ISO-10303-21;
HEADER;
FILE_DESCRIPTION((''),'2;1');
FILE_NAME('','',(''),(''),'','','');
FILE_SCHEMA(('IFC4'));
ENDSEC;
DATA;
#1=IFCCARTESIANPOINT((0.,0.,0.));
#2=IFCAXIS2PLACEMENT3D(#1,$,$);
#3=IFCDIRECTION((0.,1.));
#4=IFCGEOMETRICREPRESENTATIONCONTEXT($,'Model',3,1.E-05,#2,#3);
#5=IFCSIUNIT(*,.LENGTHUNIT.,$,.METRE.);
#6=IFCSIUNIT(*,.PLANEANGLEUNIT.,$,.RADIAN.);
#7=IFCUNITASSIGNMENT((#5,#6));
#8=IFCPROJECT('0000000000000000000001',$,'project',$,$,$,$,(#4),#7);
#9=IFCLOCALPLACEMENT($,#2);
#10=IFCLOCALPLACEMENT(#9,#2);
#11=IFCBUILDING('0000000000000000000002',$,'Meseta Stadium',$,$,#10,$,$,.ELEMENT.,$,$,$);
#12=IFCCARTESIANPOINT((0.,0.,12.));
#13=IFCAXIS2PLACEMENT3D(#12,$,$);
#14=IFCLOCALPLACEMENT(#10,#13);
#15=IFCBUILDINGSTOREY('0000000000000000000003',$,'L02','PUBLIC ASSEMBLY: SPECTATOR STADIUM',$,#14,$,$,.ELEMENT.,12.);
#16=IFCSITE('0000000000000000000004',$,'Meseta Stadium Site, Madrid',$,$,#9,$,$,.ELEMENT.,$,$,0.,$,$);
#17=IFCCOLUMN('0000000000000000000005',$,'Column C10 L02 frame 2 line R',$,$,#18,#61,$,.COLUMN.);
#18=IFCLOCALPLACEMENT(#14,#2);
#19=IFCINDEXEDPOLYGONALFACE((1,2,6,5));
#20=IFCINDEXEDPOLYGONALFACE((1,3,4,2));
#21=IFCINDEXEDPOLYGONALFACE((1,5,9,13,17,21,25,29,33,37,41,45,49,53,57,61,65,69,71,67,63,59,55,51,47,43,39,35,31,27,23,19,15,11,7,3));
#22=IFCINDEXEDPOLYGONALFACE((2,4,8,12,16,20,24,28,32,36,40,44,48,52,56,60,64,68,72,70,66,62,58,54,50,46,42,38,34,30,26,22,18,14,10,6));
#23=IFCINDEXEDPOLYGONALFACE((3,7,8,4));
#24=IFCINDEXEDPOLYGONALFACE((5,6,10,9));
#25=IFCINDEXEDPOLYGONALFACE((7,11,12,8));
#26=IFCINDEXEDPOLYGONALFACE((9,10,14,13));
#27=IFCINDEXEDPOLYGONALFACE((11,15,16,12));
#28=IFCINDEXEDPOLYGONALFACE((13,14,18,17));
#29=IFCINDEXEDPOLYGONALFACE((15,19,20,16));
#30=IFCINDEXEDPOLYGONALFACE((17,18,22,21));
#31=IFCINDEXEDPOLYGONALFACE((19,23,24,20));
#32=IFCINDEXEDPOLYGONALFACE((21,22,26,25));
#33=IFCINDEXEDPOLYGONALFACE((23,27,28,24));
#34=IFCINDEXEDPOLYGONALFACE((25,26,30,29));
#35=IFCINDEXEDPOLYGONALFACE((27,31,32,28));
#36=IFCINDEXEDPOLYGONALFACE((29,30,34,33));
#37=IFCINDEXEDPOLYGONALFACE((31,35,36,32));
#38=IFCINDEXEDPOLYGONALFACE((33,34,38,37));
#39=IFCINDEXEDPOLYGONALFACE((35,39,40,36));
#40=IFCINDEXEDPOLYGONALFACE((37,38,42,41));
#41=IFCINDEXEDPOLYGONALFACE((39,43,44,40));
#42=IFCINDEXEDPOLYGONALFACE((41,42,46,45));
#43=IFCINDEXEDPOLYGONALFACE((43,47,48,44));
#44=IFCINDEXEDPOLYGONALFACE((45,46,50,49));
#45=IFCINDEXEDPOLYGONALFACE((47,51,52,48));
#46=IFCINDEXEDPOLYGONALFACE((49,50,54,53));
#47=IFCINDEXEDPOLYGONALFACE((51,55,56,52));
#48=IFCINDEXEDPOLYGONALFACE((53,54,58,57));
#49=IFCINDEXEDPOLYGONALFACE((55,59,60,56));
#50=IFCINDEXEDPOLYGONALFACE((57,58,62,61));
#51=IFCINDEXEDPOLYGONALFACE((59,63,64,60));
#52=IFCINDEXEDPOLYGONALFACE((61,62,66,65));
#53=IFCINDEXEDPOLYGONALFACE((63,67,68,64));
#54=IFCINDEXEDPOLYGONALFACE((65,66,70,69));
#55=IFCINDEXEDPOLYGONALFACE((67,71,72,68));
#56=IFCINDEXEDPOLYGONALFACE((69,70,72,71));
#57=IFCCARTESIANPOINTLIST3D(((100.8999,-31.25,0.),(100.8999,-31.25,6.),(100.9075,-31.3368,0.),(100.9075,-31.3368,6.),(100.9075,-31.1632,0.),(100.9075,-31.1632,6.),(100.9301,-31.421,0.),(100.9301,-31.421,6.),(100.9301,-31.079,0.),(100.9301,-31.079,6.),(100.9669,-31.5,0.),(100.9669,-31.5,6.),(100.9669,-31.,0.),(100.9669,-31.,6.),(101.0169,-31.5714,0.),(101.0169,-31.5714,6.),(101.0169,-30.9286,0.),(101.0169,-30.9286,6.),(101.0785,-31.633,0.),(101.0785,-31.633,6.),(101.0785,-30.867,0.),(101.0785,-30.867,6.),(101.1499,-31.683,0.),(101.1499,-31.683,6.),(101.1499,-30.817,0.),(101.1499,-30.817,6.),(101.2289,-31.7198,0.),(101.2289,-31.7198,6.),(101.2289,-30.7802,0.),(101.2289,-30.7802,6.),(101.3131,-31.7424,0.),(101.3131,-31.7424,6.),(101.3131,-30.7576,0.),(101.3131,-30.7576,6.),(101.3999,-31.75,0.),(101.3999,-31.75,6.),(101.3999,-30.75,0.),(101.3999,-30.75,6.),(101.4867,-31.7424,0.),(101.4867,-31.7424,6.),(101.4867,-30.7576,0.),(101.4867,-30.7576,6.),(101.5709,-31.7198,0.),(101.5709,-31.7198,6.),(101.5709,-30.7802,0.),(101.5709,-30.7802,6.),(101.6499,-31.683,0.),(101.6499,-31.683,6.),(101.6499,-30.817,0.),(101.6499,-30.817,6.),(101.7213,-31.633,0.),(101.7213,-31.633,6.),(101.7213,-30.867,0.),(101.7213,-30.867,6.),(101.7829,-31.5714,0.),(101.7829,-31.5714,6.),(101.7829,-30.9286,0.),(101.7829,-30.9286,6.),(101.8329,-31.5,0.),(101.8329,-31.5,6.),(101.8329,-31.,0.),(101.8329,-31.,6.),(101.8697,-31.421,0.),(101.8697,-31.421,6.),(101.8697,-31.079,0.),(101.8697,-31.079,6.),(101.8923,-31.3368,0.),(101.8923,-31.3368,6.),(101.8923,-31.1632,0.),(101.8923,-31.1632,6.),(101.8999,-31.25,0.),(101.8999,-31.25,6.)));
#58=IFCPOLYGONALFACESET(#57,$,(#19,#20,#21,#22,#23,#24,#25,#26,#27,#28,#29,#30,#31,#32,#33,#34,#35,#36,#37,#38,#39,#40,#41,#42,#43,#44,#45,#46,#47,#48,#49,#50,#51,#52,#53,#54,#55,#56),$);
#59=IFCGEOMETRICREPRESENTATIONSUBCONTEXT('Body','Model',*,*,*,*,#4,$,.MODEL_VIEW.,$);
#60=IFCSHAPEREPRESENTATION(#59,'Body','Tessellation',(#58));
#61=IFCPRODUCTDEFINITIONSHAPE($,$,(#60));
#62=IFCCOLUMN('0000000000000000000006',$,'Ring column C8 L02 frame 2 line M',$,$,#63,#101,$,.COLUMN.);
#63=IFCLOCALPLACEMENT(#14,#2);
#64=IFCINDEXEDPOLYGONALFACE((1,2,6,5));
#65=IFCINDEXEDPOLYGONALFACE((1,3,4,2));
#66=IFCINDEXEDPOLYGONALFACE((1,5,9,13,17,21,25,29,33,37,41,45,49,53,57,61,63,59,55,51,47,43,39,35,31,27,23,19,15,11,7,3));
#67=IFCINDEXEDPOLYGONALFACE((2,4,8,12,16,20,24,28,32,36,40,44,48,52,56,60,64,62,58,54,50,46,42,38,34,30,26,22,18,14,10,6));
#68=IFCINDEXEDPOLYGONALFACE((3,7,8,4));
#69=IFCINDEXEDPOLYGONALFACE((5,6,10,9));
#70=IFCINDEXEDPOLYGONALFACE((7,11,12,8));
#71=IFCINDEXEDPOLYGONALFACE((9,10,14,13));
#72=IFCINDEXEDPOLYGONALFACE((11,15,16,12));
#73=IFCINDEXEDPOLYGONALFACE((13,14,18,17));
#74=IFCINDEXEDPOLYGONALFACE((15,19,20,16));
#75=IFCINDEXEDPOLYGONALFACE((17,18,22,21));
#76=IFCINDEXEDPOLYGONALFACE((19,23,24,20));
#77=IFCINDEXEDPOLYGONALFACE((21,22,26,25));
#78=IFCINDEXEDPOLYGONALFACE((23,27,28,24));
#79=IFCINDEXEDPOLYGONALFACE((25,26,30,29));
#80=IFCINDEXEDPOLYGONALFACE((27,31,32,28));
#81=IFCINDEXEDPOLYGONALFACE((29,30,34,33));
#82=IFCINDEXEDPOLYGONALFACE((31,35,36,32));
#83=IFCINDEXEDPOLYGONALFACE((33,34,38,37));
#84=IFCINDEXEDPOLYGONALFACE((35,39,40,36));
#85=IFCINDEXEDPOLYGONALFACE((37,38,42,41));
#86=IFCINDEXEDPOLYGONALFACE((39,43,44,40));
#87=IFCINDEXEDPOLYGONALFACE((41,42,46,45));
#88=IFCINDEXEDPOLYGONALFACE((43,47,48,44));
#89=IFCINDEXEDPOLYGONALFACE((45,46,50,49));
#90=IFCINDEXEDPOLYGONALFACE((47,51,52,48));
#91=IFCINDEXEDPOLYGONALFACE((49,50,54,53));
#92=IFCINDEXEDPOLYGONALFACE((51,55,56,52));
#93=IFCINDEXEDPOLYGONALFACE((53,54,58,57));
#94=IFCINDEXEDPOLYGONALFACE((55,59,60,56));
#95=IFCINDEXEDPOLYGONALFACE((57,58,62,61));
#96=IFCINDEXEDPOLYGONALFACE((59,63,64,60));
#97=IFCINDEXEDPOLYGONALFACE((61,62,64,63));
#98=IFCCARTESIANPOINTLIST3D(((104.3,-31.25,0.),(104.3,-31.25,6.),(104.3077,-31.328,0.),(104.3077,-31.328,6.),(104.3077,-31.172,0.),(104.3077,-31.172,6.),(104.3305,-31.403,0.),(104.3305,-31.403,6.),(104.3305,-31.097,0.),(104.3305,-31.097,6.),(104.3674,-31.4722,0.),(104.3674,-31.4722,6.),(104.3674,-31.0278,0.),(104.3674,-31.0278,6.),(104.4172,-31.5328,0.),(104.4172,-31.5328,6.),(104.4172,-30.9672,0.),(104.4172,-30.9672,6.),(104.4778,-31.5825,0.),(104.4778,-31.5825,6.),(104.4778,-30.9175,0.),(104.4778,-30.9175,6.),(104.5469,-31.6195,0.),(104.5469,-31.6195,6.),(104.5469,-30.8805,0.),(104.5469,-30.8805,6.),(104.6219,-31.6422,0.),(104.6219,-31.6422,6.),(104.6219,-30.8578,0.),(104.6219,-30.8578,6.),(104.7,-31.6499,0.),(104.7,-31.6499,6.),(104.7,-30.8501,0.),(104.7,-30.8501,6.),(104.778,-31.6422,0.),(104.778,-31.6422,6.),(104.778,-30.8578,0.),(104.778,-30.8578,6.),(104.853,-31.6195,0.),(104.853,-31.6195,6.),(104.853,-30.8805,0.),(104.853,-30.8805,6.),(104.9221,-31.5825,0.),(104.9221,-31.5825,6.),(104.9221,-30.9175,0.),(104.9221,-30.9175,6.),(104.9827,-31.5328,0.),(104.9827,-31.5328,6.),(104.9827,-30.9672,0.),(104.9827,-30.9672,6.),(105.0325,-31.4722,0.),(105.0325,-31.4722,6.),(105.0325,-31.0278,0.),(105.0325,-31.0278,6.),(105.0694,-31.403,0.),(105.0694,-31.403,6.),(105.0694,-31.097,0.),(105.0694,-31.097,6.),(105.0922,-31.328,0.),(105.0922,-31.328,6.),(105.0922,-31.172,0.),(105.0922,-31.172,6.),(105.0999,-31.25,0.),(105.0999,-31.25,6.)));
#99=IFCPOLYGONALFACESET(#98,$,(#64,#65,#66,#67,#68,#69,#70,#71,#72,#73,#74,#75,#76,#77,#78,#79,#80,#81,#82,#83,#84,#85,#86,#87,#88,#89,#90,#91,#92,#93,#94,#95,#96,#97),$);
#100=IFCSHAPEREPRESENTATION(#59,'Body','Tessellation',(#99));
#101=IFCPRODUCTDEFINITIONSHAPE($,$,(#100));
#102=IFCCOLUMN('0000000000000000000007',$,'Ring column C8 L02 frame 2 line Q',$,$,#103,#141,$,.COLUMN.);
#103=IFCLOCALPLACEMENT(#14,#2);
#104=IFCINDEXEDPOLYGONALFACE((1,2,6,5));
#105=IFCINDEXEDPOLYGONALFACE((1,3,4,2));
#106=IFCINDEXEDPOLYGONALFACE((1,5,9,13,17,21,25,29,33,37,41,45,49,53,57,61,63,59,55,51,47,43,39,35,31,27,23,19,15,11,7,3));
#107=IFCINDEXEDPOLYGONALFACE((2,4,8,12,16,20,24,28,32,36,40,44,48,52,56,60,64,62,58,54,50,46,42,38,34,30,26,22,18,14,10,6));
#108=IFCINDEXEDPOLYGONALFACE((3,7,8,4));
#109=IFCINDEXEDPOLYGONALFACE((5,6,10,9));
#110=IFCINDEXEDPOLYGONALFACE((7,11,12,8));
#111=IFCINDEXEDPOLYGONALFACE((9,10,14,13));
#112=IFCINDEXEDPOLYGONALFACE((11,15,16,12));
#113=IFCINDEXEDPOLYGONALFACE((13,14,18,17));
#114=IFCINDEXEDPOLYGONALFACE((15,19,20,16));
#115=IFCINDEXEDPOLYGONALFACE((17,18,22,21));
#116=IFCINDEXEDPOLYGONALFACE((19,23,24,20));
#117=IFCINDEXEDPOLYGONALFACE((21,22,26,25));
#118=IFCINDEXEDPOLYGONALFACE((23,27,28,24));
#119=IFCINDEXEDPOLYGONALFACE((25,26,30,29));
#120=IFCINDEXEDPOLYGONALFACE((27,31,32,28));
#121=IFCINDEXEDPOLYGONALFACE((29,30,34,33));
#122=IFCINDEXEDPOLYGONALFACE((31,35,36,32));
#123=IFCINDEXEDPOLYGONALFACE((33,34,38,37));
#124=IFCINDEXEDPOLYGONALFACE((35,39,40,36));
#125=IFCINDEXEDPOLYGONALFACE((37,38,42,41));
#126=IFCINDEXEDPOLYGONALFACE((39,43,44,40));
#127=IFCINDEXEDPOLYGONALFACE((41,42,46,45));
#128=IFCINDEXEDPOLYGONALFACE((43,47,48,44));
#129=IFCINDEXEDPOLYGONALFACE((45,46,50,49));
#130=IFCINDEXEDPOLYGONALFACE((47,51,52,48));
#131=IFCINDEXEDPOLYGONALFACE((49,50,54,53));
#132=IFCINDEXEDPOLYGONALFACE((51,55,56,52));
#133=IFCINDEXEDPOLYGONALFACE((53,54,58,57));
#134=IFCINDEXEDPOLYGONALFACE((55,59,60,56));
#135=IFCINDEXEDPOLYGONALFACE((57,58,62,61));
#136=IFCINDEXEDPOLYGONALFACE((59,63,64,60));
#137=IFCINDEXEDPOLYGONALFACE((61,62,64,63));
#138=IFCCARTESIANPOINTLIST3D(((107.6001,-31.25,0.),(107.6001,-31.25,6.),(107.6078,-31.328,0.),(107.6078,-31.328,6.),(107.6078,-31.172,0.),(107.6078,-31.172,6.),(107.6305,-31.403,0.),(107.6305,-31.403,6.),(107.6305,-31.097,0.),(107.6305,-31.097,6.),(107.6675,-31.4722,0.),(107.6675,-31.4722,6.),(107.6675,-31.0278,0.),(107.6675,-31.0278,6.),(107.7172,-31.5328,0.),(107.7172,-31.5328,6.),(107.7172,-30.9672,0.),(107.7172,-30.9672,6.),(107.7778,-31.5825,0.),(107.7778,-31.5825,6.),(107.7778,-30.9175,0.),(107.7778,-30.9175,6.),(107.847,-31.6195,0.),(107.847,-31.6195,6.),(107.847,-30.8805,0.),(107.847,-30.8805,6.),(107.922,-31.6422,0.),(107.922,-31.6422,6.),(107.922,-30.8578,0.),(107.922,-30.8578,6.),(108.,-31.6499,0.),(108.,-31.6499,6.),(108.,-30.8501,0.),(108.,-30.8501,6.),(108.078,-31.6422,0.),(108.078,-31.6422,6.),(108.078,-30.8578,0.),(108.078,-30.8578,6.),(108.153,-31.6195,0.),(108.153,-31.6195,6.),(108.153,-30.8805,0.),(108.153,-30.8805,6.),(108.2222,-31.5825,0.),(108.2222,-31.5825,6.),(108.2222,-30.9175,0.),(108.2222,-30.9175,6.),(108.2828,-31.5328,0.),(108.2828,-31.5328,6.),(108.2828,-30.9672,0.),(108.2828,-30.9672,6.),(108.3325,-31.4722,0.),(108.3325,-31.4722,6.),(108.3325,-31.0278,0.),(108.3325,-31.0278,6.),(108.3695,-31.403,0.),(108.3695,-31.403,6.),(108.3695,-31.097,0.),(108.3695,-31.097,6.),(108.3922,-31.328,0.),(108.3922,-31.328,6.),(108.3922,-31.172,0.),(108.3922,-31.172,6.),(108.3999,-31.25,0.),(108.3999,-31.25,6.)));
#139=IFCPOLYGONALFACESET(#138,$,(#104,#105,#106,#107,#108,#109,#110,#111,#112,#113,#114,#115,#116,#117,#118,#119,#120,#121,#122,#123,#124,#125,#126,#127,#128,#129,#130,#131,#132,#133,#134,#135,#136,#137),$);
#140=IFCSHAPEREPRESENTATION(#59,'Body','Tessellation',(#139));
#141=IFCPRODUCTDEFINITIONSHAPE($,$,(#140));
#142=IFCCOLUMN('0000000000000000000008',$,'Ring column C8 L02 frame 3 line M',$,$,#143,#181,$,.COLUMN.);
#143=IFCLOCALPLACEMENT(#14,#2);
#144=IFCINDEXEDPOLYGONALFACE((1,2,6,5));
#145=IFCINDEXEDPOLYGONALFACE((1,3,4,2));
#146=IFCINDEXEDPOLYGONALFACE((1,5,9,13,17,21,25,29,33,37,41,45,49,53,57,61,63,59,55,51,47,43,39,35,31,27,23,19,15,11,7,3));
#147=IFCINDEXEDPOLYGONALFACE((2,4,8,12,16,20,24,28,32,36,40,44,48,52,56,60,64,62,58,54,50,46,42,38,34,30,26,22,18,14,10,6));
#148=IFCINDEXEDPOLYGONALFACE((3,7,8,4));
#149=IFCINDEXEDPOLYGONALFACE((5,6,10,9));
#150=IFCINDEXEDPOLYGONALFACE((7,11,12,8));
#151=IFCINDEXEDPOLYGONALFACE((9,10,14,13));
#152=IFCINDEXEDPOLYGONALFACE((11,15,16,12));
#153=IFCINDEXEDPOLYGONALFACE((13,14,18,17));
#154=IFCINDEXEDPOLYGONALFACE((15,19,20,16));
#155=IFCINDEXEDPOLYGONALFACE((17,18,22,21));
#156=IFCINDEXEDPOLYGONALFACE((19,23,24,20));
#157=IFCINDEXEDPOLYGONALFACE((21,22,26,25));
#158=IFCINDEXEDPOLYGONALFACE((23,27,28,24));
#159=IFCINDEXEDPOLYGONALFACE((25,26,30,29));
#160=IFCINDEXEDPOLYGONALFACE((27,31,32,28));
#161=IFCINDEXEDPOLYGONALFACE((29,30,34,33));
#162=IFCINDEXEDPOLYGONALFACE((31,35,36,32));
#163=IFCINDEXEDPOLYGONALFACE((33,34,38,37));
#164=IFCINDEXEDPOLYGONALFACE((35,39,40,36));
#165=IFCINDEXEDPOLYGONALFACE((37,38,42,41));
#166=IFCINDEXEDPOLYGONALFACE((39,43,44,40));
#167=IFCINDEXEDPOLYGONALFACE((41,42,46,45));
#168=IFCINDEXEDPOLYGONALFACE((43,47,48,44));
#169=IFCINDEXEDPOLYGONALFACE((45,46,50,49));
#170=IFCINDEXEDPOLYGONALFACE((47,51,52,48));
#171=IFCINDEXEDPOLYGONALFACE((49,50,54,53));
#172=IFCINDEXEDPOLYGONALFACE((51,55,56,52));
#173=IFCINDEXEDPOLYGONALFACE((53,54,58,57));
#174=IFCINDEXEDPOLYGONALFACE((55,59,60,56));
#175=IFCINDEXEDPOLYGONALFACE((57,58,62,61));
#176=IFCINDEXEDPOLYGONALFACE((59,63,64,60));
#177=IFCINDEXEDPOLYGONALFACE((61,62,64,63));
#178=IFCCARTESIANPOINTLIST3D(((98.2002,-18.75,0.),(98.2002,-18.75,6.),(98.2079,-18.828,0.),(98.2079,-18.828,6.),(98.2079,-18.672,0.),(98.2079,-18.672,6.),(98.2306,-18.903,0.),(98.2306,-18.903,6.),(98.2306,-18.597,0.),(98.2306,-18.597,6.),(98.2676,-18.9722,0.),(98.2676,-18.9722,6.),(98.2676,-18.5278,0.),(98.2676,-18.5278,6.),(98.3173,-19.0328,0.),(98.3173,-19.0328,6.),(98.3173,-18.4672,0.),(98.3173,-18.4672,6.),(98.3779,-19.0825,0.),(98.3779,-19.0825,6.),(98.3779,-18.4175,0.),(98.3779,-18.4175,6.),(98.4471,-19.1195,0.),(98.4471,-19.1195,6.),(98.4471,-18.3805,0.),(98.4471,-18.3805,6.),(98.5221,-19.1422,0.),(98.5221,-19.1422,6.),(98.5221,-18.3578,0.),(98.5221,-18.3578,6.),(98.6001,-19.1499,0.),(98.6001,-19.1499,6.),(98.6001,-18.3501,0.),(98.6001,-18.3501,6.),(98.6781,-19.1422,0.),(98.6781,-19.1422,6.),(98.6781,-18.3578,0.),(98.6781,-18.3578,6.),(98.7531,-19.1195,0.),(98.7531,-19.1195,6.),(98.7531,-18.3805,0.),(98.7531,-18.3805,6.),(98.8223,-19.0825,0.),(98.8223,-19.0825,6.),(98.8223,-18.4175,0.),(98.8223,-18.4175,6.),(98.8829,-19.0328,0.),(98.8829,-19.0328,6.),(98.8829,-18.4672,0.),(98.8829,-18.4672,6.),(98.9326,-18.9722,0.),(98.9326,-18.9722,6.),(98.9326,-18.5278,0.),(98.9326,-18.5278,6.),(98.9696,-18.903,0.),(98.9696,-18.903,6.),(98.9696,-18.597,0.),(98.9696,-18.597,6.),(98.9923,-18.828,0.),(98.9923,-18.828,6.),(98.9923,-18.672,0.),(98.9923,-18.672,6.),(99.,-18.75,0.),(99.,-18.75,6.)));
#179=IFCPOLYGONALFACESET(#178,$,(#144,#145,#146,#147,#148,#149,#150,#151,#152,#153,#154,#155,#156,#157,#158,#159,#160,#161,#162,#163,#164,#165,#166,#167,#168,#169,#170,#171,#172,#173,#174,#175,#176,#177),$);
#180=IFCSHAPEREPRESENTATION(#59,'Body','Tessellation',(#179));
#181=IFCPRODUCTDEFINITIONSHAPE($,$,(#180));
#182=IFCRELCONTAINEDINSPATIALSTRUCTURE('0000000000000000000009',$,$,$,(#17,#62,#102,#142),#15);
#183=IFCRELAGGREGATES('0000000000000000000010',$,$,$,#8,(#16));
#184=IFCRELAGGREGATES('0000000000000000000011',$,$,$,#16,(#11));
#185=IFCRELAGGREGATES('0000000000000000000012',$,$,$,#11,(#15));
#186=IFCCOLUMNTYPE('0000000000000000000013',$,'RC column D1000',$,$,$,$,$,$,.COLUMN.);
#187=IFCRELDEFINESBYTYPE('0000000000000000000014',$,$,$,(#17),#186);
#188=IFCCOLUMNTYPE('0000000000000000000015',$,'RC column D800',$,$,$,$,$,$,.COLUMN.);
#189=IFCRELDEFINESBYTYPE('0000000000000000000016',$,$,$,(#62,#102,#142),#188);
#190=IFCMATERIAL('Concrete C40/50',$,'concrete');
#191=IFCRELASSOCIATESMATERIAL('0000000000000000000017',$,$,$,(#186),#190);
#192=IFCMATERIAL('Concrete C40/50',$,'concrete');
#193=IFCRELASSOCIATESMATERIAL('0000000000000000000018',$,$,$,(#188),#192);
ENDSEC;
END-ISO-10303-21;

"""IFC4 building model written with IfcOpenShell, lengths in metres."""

from ifc_helpers import new_model, si_unit, direction, frame, origin, origin_2d, place, context, subcontext, project, spatial, circle, extrude, material, material_profile, profile_set, type_object, element, save


model = new_model("IFC4")

# Units and contexts
model_context = context("Model", 3, precision=1e-05, world=origin(), true_north=direction((0.0, 1.0)))
body_context = subcontext(model_context, "Body", "Model", "MODEL_VIEW")
ifc_project = project(units=[si_unit("LENGTHUNIT", "METRE"), si_unit("PLANEANGLEUNIT", "RADIAN")], contexts=[model_context])

# Site, building, storey
site_placement = place(None, origin())
site = spatial("IfcSite", under=ifc_project, at=site_placement, Name="Meseta Stadium Site, Madrid", CompositionType="ELEMENT", RefElevation=0.0)
building_placement = place(site_placement, origin())
building = spatial("IfcBuilding", under=site, at=building_placement, Name="Meseta Stadium", CompositionType="ELEMENT")
storey_placement = place(building_placement, frame((0.0, 0.0, 12.0)))
storey = spatial("IfcBuildingStorey", under=building, at=storey_placement, Name="L02", Description="PUBLIC ASSEMBLY: SPECTATOR STADIUM", CompositionType="ELEMENT", Elevation=12.0)

# Columns
ifc_material_1 = material(Name="Concrete C40/50", Category="concrete")
ifc_material_profile_1 = material_profile(ifc_material_1, circle(Radius=0.5, at=origin_2d()), Name="RC D1000")
ifc_profile_set_1 = profile_set([ifc_material_profile_1], Name="Concrete C40/50")
column_type_1 = type_object("IfcColumnType", Name="RC column D1000", PredefinedType="COLUMN", material=ifc_profile_set_1)
column_placement = place(storey_placement, frame((101.3999, -31.25, 0.0), z_axis=(0.0, 0.0, 1.0), x_axis=(1.0, 0.0, 0.0)))
element("IfcColumn", 1, at=column_placement, inside=storey, type_object=column_type_1, Name="Column C10 L02 frame 2 line R", PredefinedType="COLUMN", context=body_context, shape_type="SweptSolid", body=[
    extrude(circle(Radius=0.5, at=origin_2d()), origin(), (0.0, 0.0, 1.0), 6.0),
])
ifc_material_2 = material(Name="Concrete C40/50", Category="concrete")
ifc_material_profile_2 = material_profile(ifc_material_2, circle(Radius=0.3999, at=origin_2d()), Name="RC D800")
ifc_profile_set_2 = profile_set([ifc_material_profile_2], Name="Concrete C40/50")
column_type_2 = type_object("IfcColumnType", Name="RC column D800", PredefinedType="COLUMN", material=ifc_profile_set_2)
for number, where, z_axis, x_axis, name in (
    (2, (104.7, -31.25, 0.0), (0.0, 0.0, 1.0), (1.0, 0.0, 0.0), "Ring column C8 L02 frame 2 line M"),
    (3, (108.0, -31.25, 0.0), (0.0, 0.0, 1.0), (1.0, 0.0, 0.0), "Ring column C8 L02 frame 2 line Q"),
    (4, (98.6001, -18.75, 0.0), (0.0, 0.0, 1.0), (1.0, 0.0, 0.0), "Ring column C8 L02 frame 3 line M"),
):
    element("IfcColumn", number, at=place(storey_placement, frame(where, z_axis=z_axis, x_axis=x_axis)), inside=storey, type_object=column_type_2, Name=name, PredefinedType="COLUMN", context=body_context, shape_type="SweptSolid", body=[
        extrude(circle(Radius=0.3999, at=origin_2d()), origin(), (0.0, 0.0, 1.0), 6.0),
    ])

save(model, "model.ifc")
